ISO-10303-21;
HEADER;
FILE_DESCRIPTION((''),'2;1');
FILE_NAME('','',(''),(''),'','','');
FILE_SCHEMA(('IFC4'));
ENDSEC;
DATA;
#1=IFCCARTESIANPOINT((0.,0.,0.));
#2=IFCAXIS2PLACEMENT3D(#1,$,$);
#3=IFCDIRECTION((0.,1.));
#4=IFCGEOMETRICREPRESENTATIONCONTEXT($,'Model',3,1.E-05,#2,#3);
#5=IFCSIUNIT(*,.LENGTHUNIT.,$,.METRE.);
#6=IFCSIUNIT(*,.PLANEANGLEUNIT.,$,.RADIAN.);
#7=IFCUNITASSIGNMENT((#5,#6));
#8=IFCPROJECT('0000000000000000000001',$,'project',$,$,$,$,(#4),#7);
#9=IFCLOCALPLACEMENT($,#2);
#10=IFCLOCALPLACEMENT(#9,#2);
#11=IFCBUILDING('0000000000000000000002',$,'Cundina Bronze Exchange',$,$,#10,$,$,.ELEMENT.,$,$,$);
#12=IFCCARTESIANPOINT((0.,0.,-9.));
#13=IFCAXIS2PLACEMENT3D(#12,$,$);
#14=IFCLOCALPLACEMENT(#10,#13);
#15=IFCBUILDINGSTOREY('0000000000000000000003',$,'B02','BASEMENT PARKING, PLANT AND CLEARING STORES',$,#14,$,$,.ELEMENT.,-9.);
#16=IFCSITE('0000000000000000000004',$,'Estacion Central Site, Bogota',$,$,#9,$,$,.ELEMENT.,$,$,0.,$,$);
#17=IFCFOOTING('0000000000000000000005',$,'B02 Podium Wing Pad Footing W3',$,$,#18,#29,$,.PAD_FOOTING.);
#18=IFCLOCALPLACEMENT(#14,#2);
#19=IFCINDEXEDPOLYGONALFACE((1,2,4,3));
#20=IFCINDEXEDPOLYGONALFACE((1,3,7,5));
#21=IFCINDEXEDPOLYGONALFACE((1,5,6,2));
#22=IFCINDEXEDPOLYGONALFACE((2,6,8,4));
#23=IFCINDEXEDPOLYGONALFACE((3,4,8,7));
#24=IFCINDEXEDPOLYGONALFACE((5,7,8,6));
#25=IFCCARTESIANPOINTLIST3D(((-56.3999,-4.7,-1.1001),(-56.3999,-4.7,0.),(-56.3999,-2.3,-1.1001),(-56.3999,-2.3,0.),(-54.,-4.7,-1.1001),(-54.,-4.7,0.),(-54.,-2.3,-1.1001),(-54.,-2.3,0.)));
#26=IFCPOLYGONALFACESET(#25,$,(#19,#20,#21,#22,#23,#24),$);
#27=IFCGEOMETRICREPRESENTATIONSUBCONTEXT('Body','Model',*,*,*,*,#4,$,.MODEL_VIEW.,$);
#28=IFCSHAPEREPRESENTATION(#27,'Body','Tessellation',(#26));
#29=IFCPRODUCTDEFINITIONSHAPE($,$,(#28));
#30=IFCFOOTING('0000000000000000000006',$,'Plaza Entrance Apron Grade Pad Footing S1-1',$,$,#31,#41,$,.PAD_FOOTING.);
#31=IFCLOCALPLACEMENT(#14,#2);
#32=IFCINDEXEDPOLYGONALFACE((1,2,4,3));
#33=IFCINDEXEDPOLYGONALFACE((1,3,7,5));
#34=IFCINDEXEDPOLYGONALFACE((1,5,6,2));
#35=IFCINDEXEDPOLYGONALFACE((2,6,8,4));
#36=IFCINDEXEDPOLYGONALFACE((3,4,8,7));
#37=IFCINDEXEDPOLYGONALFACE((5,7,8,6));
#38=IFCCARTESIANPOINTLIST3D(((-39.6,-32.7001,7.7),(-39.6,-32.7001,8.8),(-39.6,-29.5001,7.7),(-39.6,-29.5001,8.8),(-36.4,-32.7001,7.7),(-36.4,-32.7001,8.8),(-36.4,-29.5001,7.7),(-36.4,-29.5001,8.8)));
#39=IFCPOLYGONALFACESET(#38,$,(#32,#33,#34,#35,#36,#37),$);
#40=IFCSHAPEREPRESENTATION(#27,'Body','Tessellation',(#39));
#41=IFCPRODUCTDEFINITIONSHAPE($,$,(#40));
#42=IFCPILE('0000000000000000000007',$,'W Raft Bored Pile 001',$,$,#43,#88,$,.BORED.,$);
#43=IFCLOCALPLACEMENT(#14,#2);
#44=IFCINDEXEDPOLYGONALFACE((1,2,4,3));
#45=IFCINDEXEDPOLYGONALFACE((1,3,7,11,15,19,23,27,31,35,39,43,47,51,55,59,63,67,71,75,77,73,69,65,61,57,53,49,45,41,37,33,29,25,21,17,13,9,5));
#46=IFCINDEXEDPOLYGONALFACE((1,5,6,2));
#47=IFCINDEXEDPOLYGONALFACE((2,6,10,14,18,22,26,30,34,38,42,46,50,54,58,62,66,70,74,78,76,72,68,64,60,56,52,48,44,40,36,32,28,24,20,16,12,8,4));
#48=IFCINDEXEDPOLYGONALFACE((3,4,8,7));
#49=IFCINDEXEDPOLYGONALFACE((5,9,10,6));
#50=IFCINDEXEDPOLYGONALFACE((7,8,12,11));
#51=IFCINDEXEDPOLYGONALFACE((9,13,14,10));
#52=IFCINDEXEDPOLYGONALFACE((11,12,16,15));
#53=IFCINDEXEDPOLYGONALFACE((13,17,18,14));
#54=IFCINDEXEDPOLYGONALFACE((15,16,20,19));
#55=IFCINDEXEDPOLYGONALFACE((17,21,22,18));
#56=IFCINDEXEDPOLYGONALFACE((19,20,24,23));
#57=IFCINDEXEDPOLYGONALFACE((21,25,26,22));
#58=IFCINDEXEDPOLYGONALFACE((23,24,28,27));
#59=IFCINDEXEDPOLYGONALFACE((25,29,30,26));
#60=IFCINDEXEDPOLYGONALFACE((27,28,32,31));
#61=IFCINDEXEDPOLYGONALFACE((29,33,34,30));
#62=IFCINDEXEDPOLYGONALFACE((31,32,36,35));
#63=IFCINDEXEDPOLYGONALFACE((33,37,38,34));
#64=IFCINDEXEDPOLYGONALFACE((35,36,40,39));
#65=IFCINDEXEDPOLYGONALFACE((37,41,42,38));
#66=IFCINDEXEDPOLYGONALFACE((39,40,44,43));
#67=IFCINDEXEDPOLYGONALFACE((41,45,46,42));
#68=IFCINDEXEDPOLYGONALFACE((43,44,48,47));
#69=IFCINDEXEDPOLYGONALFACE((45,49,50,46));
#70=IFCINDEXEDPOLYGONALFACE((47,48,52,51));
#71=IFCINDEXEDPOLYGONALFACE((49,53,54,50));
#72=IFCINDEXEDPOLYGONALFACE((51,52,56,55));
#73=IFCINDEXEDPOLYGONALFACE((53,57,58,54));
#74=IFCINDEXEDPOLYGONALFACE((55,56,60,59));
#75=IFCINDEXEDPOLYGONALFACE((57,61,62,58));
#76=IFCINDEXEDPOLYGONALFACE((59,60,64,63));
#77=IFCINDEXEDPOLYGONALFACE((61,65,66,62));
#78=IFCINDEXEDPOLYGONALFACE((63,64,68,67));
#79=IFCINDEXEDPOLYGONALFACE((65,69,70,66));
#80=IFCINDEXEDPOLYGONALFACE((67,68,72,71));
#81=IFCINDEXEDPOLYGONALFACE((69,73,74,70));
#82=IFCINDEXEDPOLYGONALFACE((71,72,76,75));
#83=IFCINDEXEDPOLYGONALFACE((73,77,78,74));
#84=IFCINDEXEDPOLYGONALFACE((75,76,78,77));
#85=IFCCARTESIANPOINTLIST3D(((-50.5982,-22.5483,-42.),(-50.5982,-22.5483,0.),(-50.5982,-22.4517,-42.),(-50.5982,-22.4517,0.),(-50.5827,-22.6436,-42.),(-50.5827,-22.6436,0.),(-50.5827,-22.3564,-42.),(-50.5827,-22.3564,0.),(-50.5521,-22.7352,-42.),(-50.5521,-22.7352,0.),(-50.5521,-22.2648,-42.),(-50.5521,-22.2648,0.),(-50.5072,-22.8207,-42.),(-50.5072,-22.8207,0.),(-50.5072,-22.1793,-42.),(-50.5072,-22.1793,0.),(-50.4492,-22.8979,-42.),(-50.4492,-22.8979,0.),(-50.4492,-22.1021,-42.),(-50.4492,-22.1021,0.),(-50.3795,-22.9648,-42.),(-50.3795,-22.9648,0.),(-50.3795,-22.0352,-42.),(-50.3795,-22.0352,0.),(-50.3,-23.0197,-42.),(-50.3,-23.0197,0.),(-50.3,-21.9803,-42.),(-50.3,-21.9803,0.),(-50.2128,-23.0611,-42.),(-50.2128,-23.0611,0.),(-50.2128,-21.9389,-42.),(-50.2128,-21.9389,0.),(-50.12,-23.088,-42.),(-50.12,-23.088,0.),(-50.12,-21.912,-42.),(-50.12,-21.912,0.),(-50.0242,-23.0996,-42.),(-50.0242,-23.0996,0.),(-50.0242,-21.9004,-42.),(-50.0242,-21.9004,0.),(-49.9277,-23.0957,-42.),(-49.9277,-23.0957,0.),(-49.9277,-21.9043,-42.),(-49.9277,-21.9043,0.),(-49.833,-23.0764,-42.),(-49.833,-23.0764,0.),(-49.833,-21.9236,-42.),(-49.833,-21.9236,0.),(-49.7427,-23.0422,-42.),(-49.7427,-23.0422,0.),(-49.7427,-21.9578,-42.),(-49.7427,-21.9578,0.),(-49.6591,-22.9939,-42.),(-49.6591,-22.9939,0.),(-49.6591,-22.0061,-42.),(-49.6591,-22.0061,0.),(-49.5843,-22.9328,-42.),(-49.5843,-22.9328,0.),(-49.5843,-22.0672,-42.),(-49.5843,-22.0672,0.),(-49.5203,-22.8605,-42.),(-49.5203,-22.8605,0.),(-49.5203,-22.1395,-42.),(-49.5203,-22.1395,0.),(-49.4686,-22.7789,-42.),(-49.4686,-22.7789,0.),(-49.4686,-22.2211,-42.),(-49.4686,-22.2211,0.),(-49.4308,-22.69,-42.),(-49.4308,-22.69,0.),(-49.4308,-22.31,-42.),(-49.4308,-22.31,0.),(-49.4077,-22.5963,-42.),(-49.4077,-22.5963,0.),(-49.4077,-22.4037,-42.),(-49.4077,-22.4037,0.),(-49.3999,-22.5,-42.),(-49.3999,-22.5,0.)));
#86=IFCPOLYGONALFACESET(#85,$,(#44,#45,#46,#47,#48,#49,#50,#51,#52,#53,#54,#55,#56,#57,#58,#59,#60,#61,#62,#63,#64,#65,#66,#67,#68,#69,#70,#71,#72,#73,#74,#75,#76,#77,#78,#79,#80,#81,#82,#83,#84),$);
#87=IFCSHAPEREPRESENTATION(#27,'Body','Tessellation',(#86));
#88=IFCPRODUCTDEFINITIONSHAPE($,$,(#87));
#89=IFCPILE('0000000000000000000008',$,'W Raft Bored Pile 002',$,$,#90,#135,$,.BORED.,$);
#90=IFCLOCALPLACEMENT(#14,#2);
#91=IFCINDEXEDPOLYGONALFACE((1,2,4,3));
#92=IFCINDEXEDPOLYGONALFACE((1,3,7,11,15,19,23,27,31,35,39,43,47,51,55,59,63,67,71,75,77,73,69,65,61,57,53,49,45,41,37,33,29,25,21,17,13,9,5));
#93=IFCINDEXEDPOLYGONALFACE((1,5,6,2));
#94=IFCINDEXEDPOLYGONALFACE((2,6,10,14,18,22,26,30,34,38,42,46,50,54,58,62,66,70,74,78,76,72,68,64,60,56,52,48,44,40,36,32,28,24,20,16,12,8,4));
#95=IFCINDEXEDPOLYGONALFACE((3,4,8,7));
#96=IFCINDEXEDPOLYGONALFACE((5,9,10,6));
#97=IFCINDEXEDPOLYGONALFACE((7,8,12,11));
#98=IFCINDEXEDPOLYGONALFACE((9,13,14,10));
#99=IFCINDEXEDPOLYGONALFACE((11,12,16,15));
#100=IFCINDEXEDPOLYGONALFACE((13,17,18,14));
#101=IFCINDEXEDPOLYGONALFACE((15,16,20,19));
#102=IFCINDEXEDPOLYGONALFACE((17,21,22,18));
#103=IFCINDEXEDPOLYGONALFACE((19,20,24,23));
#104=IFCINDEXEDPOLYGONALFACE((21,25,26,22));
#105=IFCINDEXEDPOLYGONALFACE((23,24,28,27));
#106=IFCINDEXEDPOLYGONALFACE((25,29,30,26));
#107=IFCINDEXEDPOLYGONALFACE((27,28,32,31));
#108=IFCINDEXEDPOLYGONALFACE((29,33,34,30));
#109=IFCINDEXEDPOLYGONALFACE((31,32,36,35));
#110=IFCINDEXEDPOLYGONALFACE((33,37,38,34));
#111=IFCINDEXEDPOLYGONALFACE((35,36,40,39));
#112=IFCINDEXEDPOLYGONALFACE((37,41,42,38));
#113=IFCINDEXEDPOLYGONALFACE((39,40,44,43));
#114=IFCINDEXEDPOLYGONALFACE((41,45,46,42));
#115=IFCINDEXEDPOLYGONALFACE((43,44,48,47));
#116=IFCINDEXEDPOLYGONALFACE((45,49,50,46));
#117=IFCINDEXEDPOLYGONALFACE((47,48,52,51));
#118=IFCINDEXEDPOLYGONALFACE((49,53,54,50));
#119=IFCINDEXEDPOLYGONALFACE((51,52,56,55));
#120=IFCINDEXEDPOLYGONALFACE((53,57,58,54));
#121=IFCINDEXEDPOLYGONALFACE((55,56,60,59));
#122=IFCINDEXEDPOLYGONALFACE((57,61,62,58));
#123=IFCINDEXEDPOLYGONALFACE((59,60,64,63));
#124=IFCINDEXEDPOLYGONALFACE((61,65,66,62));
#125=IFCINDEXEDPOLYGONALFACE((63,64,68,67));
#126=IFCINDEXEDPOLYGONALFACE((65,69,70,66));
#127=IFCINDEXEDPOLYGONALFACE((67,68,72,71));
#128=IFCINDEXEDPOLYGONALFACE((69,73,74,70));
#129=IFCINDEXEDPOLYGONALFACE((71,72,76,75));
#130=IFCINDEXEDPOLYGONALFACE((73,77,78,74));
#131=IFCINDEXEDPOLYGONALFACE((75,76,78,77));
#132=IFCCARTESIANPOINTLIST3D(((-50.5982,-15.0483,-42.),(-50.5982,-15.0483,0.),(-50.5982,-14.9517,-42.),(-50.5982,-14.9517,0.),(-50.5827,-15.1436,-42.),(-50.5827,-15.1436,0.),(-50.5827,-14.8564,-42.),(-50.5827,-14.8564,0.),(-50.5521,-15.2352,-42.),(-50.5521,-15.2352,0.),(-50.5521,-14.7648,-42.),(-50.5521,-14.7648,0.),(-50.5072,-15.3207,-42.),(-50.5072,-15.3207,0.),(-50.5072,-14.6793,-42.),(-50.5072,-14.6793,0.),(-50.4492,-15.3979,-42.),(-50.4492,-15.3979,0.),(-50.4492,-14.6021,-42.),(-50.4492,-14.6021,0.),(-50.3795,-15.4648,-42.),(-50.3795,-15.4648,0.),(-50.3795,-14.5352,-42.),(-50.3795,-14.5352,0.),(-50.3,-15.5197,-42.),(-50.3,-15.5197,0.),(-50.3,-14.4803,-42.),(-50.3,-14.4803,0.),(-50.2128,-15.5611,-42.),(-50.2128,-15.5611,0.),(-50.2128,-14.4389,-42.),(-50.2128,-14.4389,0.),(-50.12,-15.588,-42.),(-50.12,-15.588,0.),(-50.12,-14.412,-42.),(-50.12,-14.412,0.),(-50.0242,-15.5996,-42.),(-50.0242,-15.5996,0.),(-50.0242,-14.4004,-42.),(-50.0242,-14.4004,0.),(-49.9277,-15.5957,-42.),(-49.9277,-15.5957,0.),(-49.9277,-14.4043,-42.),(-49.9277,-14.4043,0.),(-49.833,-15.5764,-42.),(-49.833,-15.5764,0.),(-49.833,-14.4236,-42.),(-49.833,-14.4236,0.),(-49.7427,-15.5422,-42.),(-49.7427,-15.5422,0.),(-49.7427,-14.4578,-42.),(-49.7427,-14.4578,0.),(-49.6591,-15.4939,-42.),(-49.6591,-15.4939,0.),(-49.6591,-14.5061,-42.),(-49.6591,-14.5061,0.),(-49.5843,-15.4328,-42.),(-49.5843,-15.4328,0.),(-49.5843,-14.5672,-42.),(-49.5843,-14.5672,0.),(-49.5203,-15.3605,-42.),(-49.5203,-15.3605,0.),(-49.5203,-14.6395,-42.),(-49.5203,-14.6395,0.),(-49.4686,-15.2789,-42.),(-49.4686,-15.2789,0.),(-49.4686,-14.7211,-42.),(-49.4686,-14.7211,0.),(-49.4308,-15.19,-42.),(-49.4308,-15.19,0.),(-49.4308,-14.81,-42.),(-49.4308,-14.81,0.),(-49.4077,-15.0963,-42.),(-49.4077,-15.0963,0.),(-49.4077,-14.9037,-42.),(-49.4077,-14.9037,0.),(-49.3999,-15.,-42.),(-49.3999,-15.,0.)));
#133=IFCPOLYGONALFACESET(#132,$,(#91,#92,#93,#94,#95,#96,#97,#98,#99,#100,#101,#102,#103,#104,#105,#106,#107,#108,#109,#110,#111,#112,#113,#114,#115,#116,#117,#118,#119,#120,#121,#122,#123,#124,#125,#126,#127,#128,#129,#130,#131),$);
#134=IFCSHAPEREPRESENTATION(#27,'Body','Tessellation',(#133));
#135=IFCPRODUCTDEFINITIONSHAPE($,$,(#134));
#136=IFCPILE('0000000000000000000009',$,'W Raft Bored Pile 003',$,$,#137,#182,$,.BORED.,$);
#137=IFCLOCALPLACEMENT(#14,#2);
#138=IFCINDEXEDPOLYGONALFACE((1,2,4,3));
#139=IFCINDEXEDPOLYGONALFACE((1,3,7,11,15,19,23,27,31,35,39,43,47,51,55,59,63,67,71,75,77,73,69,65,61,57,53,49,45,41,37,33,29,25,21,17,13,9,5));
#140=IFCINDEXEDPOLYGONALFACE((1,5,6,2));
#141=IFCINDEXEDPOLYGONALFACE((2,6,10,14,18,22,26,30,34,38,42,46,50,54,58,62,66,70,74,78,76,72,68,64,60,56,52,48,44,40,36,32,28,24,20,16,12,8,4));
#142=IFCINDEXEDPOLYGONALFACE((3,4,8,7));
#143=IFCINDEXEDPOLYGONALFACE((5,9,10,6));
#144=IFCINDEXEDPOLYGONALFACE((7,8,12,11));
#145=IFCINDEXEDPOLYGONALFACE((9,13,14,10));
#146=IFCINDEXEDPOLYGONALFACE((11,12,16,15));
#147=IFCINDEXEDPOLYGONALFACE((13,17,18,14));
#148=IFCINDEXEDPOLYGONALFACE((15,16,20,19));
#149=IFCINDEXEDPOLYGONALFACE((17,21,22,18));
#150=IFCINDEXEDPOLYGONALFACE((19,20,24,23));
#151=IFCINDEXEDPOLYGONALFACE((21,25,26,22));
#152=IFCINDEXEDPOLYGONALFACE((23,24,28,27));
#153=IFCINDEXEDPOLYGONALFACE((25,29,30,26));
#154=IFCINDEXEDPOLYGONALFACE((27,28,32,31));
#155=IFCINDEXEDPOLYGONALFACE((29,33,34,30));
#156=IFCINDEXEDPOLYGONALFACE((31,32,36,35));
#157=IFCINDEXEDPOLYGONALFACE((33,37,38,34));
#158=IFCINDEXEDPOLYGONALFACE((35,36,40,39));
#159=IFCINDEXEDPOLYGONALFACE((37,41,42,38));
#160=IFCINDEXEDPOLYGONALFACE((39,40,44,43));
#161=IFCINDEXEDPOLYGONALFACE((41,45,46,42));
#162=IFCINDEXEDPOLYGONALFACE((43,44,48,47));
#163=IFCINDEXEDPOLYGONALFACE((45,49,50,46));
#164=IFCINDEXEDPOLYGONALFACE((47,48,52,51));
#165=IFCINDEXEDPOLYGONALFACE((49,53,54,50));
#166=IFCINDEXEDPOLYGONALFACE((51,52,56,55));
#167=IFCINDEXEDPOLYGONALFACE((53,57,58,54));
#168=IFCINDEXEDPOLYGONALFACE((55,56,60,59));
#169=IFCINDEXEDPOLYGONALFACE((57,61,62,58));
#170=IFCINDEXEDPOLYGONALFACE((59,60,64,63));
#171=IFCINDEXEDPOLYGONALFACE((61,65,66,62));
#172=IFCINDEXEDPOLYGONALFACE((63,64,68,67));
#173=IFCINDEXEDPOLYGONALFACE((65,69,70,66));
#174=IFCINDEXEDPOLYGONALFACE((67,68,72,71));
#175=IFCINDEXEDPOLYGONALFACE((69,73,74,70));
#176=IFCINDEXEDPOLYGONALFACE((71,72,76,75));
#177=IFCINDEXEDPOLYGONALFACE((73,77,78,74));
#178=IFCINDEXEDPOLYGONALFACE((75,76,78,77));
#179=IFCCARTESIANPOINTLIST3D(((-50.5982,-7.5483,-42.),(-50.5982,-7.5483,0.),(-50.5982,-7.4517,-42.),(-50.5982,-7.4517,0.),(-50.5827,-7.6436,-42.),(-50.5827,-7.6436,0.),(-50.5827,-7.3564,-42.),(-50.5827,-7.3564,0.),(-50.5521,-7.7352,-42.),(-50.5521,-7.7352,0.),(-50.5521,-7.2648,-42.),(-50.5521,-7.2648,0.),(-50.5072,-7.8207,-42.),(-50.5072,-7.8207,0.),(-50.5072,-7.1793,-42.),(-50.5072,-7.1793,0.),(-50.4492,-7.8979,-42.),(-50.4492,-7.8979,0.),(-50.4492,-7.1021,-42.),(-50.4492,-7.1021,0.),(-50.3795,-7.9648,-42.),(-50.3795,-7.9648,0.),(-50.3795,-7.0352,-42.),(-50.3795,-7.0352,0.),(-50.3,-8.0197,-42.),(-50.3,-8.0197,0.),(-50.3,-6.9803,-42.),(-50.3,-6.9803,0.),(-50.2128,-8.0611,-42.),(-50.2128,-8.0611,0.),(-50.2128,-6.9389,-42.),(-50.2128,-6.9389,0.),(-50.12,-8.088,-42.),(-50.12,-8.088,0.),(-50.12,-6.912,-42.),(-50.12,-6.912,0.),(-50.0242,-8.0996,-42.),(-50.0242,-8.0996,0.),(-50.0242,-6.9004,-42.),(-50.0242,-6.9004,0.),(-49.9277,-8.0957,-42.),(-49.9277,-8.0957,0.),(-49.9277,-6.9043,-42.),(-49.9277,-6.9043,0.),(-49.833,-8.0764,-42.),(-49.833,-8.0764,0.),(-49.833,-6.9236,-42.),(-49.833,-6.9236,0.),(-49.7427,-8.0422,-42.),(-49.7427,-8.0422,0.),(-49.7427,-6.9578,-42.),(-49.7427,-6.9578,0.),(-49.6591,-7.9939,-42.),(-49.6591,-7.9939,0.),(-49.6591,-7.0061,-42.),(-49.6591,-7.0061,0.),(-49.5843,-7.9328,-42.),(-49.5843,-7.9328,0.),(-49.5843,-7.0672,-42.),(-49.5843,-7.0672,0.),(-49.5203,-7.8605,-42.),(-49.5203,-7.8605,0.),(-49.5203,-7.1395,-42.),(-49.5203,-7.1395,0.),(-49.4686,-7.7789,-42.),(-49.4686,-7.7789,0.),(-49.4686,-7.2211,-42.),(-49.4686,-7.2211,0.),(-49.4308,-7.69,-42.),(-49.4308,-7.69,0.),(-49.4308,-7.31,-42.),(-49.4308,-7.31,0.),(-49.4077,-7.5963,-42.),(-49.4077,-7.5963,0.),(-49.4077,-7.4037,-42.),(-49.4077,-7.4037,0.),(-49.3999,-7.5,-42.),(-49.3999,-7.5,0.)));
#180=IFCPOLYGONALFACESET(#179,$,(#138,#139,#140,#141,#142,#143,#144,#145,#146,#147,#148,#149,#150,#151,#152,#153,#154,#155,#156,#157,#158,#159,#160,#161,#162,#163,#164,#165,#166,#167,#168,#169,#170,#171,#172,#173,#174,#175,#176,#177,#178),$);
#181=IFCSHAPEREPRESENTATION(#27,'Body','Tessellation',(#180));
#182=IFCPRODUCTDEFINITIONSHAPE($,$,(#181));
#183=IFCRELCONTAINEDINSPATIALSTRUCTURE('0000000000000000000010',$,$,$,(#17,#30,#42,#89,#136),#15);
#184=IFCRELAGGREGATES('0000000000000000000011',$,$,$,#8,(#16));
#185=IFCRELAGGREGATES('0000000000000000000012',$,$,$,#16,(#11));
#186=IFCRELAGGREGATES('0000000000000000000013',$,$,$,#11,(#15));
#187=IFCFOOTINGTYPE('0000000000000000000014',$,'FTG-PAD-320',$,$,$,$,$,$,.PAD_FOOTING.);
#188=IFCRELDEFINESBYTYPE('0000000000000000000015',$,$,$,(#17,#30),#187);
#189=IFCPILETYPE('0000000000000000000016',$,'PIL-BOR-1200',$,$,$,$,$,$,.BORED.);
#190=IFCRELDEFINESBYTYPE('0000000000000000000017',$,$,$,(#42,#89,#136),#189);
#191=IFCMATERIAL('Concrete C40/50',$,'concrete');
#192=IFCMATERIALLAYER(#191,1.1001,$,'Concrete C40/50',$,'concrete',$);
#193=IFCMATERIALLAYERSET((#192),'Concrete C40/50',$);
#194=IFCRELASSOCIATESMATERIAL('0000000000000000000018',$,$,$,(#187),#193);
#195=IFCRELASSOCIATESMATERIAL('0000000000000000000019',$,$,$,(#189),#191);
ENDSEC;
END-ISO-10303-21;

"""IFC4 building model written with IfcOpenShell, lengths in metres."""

from ifc_helpers import new_model, si_unit, direction, frame, origin, origin_2d, place, context, subcontext, project, spatial, rectangle, circle, extrude, material, layer, layer_set, material_profile, profile_set, type_object, element, save


model = new_model("IFC4")

# Units and contexts
model_context = context("Model", 3, precision=1e-05, world=origin(), true_north=direction((0.0, 1.0)))
body_context = subcontext(model_context, "Body", "Model", "MODEL_VIEW")
ifc_project = project(units=[si_unit("LENGTHUNIT", "METRE"), si_unit("PLANEANGLEUNIT", "RADIAN")], contexts=[model_context])

# Site, building, storey
site_placement = place(None, origin())
site = spatial("IfcSite", under=ifc_project, at=site_placement, Name="Estacion Central Site, Bogota", CompositionType="ELEMENT", RefElevation=0.0)
building_placement = place(site_placement, origin())
building = spatial("IfcBuilding", under=site, at=building_placement, Name="Cundina Bronze Exchange", CompositionType="ELEMENT")
storey_placement = place(building_placement, frame((0.0, 0.0, -9.0)))
storey = spatial("IfcBuildingStorey", under=building, at=storey_placement, Name="B02", Description="BASEMENT PARKING, PLANT AND CLEARING STORES", CompositionType="ELEMENT", Elevation=-9.0)

# Footings
ifc_material_1 = material(Name="Concrete C40/50", Category="concrete")
ifc_layer_1 = layer(ifc_material_1, 1.1001, Name="Concrete C40/50", Category="concrete")
ifc_layer_set_1 = layer_set([ifc_layer_1], Name="Concrete C40/50")
footing_type = type_object("IfcFootingType", Name="FTG-PAD-320", PredefinedType="PAD_FOOTING", material=ifc_layer_set_1)
footing_1_placement = place(storey_placement, frame((-55.2, -3.5, -1.1001), z_axis=(0.0, 0.0, 1.0), x_axis=(1.0, 0.0, 0.0)))
element("IfcFooting", 1, at=footing_1_placement, inside=storey, type_object=footing_type, Name="B02 Podium Wing Pad Footing W3", PredefinedType="PAD_FOOTING", context=body_context, shape_type="SweptSolid", body=[
    extrude(rectangle(XDim=2.3999, YDim=2.3999, at=origin_2d()), origin(), (0.0, 0.0, 1.0), 1.1001),
])
footing_2_placement = place(storey_placement, frame((-38.0, -31.1001, 7.7), z_axis=(0.0, 0.0, 1.0), x_axis=(1.0, 0.0, 0.0)))
element("IfcFooting", 2, at=footing_2_placement, inside=storey, type_object=footing_type, Name="Plaza Entrance Apron Grade Pad Footing S1-1", PredefinedType="PAD_FOOTING", context=body_context, shape_type="SweptSolid", body=[
    extrude(rectangle(XDim=3.2, YDim=3.2, at=origin_2d()), origin(), (0.0, 0.0, 1.0), 1.1001),
])

# Piles
ifc_material_profile_1 = material_profile(ifc_material_1, circle(Radius=0.6001, at=origin_2d()), Name="PILE1200D", Category="concrete")
ifc_profile_set_1 = profile_set([ifc_material_profile_1], Name="Concrete C40/50")
pile_type_1 = type_object("IfcPileType", Name="PIL-BOR-1200", PredefinedType="BORED", material=ifc_profile_set_1)
for number, where, z_axis, x_axis, name in (
    (3, (-50.0, -22.5, 0.0), (0.0, 0.0, -1.0), (1.0, 0.0, 0.0), "W Raft Bored Pile 001"),
    (4, (-50.0, -15.0, 0.0), (0.0, 0.0, -1.0), (1.0, 0.0, 0.0), "W Raft Bored Pile 002"),
    (5, (-50.0, -7.5, 0.0), (0.0, 0.0, -1.0), (1.0, 0.0, 0.0), "W Raft Bored Pile 003"),
):
    element("IfcPile", number, at=place(storey_placement, frame(where, z_axis=z_axis, x_axis=x_axis)), inside=storey, type_object=pile_type_1, Name=name, PredefinedType="BORED", context=body_context, shape_type="SweptSolid", body=[
        extrude(circle(Radius=0.6001, at=origin_2d()), origin(), (0.0, 0.0, 1.0), 42.0),
    ])

save(model, "model.ifc")
